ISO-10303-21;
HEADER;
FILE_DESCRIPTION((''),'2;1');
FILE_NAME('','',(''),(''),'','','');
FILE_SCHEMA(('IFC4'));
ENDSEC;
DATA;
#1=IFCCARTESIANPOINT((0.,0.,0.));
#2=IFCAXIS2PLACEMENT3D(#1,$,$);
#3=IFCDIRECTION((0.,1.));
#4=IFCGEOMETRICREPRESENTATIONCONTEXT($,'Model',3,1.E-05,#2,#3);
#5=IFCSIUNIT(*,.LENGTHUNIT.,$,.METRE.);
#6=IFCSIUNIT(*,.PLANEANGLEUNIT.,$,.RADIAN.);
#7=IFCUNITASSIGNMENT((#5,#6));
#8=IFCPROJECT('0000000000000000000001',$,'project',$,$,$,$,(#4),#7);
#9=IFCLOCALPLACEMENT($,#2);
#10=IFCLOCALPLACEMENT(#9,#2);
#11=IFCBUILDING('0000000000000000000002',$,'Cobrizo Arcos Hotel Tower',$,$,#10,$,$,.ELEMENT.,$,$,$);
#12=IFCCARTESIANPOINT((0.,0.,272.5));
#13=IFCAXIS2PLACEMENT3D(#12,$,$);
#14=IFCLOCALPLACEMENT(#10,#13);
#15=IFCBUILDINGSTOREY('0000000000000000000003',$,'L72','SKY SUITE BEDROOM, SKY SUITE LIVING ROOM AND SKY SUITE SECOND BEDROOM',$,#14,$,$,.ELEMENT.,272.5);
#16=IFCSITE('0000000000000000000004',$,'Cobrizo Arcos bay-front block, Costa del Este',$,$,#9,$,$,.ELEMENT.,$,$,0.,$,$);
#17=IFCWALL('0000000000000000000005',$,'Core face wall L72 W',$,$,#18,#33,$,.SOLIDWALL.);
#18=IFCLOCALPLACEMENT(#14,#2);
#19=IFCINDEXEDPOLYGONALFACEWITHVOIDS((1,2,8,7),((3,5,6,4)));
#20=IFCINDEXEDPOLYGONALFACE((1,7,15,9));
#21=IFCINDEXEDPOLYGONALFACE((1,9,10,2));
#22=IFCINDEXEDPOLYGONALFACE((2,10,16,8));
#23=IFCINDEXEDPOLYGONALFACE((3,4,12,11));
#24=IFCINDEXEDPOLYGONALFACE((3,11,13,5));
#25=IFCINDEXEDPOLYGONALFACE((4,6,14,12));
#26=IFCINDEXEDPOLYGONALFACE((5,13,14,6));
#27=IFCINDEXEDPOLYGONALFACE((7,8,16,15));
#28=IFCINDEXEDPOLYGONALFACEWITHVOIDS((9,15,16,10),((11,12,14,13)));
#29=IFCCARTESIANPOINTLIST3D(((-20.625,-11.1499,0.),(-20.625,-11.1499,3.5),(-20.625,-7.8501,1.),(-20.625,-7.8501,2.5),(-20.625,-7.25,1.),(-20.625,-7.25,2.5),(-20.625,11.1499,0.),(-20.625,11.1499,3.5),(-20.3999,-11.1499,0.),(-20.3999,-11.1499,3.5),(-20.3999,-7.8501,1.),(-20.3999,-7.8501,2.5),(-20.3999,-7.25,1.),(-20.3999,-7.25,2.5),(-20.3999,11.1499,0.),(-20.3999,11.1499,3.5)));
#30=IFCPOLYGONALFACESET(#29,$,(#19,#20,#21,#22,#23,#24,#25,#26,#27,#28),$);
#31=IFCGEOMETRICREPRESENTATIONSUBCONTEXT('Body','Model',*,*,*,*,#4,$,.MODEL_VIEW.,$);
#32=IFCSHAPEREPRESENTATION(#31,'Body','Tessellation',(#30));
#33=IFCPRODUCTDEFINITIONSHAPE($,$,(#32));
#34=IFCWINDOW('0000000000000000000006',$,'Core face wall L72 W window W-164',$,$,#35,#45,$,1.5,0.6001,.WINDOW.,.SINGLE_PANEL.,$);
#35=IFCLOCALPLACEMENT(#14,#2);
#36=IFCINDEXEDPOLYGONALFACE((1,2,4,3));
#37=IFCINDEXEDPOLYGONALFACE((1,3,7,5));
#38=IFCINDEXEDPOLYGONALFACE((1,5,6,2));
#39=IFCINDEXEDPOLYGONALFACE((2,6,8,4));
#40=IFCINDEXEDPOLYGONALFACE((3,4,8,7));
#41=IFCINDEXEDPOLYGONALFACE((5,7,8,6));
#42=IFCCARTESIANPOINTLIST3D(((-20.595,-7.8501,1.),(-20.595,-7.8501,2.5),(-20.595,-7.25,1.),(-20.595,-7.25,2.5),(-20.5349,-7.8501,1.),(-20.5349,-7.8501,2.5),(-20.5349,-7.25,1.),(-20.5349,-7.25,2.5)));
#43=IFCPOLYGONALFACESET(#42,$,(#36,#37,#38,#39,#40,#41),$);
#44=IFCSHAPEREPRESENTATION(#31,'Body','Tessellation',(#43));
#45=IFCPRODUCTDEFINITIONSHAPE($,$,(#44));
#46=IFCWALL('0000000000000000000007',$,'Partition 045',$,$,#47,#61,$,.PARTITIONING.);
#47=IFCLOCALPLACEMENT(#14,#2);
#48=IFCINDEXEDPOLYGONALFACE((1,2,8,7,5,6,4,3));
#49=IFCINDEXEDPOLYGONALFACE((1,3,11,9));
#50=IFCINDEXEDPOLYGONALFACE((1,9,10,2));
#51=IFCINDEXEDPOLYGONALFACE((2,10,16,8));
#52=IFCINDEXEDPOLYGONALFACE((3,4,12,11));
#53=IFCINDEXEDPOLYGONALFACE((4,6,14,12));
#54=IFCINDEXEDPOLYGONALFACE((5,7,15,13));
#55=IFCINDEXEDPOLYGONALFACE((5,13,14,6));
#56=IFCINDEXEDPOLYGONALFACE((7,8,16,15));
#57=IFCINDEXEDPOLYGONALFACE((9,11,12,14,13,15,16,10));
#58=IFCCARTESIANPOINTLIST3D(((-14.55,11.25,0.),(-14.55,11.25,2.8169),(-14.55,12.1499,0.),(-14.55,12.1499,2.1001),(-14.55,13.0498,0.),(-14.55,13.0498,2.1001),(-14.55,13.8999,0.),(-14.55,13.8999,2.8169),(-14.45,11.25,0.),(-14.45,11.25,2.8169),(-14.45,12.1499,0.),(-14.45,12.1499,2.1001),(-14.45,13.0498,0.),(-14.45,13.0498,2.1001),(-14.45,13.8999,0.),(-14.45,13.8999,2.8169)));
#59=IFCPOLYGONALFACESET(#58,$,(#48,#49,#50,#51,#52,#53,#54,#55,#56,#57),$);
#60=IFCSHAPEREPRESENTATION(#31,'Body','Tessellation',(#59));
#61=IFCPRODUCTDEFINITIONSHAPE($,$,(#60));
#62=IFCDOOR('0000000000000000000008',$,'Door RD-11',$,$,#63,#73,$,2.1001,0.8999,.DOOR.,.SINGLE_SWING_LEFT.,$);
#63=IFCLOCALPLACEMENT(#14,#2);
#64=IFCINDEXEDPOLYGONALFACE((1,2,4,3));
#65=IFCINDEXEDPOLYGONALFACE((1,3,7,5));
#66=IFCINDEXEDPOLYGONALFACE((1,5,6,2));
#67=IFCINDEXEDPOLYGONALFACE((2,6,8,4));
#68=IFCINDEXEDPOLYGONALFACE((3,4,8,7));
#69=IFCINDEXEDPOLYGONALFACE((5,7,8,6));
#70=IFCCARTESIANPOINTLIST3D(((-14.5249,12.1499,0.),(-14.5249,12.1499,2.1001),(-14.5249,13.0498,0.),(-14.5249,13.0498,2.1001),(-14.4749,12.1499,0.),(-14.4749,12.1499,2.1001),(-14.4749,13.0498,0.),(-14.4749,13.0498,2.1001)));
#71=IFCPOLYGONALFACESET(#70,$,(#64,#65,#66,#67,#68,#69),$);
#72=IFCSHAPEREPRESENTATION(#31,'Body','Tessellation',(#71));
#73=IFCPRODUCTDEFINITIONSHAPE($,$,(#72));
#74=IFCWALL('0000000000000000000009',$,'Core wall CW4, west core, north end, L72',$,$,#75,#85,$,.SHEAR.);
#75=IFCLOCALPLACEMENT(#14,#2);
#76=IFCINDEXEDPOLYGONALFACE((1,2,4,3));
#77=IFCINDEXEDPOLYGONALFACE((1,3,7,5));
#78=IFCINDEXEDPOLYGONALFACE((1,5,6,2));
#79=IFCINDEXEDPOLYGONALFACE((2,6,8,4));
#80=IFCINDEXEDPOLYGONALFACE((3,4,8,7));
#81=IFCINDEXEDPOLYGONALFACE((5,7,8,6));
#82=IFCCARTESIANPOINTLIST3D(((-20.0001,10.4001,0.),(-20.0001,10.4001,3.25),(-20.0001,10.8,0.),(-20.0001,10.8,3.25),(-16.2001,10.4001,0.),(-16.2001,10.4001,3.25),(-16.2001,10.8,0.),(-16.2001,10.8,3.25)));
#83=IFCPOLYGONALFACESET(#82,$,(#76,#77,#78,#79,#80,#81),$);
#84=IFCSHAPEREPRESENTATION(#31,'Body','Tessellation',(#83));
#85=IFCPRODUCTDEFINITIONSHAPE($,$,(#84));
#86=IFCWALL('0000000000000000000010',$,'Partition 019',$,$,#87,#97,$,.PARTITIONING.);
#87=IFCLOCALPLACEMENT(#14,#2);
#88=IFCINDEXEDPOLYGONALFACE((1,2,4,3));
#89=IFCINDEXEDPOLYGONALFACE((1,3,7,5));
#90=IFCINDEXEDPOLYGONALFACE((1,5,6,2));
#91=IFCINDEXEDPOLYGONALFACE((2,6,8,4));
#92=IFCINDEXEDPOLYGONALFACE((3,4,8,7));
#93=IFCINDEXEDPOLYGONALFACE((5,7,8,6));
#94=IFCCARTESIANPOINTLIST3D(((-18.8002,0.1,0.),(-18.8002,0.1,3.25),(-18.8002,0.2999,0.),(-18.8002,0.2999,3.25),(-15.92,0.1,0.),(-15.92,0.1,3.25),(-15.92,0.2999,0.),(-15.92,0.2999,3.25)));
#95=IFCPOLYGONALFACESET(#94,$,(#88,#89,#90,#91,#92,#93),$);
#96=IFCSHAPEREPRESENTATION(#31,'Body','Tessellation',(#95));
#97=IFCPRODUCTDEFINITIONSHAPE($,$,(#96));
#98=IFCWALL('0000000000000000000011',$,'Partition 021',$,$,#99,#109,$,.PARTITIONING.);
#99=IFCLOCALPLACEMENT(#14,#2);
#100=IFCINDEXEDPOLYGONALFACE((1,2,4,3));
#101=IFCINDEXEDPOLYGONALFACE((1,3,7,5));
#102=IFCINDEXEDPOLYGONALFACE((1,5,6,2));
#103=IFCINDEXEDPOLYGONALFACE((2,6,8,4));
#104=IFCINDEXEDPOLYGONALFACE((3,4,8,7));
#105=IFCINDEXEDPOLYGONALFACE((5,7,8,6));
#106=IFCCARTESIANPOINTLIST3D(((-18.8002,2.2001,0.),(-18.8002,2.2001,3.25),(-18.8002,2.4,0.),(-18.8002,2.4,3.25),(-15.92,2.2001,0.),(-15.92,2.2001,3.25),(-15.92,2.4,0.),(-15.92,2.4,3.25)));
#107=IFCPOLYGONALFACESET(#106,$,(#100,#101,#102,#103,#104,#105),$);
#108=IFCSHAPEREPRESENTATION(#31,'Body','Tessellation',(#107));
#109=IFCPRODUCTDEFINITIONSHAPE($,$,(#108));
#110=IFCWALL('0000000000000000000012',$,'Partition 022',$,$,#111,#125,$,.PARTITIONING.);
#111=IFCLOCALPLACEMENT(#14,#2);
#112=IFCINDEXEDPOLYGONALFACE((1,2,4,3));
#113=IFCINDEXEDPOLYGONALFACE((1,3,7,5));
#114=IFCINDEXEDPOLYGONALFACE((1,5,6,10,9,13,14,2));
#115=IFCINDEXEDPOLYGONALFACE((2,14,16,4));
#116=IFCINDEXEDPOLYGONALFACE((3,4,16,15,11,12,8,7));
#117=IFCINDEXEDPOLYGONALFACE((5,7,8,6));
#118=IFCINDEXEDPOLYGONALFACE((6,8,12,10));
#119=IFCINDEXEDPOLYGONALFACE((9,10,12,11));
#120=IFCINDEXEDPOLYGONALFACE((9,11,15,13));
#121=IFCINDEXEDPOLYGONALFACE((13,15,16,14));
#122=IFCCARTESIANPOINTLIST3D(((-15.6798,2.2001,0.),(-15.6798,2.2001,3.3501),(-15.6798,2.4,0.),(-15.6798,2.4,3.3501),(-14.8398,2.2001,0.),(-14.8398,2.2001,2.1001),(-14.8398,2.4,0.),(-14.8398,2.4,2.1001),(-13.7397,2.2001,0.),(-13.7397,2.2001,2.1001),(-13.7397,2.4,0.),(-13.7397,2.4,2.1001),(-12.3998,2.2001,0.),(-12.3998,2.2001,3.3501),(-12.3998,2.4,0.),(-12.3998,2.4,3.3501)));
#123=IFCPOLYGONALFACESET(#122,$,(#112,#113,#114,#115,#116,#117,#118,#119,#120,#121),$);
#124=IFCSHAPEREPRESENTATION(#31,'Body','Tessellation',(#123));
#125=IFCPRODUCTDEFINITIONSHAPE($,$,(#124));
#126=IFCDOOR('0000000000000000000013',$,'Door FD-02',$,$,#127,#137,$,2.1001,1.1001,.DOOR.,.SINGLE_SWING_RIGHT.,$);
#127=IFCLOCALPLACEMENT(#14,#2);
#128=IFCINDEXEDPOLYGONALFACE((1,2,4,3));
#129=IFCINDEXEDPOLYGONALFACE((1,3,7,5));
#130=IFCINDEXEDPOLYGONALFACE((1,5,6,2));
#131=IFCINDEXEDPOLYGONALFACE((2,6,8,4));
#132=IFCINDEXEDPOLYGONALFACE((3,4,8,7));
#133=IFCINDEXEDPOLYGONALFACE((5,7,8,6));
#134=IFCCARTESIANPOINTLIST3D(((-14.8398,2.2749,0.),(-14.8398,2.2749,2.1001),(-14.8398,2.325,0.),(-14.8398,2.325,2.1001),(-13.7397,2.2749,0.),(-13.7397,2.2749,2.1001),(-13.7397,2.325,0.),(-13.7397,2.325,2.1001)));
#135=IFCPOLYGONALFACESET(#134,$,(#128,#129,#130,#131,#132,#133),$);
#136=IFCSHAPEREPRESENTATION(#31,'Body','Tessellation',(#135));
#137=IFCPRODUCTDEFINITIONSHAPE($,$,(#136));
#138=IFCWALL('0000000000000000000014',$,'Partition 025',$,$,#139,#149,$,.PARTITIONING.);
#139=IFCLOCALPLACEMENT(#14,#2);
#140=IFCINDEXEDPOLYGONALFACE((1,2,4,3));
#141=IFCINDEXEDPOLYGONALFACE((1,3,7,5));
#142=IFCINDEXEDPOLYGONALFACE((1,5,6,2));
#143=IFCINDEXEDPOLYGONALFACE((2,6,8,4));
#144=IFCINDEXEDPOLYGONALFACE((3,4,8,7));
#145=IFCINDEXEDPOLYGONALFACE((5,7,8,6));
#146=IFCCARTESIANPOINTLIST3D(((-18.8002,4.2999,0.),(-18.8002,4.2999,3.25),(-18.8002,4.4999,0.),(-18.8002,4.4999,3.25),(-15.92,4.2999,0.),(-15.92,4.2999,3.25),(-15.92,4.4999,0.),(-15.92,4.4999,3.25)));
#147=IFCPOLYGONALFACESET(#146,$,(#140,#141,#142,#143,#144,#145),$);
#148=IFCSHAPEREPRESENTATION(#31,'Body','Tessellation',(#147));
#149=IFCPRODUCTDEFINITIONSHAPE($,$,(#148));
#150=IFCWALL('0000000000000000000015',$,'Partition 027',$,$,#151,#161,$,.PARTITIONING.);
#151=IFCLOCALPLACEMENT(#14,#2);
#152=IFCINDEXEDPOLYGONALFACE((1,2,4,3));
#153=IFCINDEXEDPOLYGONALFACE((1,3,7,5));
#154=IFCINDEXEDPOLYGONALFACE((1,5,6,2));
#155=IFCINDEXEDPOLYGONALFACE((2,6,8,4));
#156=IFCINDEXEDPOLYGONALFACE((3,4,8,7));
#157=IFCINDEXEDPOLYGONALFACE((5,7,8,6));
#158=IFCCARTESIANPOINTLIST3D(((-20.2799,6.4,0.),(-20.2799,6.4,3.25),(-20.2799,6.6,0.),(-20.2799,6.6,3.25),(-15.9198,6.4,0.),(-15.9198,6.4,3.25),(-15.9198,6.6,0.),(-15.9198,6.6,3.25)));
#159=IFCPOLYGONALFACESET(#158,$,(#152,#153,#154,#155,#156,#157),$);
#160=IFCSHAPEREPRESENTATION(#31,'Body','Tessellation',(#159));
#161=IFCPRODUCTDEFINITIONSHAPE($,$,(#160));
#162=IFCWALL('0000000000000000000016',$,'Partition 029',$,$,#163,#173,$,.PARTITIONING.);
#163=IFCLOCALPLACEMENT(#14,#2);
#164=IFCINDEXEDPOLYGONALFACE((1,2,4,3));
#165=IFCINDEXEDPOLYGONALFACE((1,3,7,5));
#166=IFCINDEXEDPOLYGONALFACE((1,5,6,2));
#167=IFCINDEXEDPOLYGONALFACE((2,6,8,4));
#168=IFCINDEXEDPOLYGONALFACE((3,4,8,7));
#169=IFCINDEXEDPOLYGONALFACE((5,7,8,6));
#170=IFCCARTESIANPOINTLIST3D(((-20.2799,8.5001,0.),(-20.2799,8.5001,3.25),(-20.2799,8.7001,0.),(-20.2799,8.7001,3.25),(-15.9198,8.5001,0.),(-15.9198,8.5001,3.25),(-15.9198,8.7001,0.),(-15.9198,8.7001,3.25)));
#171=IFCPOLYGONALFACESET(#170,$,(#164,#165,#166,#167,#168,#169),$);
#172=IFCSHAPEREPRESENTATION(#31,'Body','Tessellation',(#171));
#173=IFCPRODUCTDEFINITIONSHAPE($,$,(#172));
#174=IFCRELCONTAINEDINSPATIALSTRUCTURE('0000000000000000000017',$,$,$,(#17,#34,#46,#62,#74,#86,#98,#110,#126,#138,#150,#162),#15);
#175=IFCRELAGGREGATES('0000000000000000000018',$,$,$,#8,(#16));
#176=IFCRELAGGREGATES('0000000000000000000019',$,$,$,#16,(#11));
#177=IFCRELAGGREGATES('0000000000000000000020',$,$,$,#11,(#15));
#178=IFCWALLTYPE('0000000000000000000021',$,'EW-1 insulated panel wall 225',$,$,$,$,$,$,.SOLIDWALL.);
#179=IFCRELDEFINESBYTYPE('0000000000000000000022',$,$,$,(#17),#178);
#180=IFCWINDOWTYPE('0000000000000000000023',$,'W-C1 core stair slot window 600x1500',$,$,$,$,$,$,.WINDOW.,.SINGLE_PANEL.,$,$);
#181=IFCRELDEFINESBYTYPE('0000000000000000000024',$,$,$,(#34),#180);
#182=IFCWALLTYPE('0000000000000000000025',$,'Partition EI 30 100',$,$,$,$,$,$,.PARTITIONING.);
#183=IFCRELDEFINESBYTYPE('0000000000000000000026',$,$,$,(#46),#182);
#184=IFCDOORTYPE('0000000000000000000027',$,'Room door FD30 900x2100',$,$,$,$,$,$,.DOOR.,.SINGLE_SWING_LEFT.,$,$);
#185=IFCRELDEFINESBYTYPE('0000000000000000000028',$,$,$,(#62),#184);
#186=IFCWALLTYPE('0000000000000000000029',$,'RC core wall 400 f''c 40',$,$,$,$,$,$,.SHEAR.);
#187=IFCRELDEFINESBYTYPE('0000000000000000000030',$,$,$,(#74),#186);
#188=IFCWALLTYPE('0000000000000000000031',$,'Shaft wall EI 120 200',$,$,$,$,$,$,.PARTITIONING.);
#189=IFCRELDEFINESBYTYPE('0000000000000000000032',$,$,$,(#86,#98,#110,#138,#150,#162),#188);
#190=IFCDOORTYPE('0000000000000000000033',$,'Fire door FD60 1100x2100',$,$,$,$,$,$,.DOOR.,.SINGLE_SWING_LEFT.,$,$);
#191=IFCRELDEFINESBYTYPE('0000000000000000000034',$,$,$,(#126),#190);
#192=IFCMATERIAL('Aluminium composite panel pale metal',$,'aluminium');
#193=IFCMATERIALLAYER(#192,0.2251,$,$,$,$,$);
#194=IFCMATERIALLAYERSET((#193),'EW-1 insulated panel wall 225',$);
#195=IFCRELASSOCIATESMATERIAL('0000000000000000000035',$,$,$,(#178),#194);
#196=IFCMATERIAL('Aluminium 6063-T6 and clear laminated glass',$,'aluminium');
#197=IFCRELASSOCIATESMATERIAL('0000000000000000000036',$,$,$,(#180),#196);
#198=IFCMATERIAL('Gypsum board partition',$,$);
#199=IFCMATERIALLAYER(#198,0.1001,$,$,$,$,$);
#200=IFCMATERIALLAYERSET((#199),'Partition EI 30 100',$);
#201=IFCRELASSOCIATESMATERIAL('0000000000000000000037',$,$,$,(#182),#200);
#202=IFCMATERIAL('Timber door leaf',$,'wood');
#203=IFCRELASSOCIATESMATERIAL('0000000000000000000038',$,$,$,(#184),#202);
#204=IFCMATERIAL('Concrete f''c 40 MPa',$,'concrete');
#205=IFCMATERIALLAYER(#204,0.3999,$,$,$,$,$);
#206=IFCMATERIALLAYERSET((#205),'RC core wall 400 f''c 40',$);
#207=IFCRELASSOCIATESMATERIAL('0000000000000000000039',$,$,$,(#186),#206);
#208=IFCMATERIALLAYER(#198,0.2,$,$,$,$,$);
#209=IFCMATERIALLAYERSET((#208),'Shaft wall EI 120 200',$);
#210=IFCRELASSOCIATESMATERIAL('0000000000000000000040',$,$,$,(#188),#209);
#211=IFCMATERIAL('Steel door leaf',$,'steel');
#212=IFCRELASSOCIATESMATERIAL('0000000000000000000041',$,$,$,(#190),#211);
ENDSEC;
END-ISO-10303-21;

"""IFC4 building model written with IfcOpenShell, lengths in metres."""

from ifc_helpers import new_model, si_unit, direction, frame, frame_2d, origin, place, context, subcontext, project, spatial, rectangle, extrude, material, layer, layer_set, type_object, element, fill, save


model = new_model("IFC4")

# Units and contexts
model_context = context("Model", 3, precision=1e-05, world=origin(), true_north=direction((0.0, 1.0)))
body_context = subcontext(model_context, "Body", "Model", "MODEL_VIEW")
ifc_project = project(units=[si_unit("LENGTHUNIT", "METRE"), si_unit("PLANEANGLEUNIT", "RADIAN")], contexts=[model_context])

# Site, building, storey
site_placement = place(None, origin())
site = spatial("IfcSite", under=ifc_project, at=site_placement, Name="Cobrizo Arcos bay-front block, Costa del Este", CompositionType="ELEMENT", RefElevation=0.0)
building_placement = place(site_placement, origin())
building = spatial("IfcBuilding", under=site, at=building_placement, Name="Cobrizo Arcos Hotel Tower", CompositionType="ELEMENT")
storey_placement = place(building_placement, frame((0.0, 0.0, 272.5)))
storey = spatial("IfcBuildingStorey", under=building, at=storey_placement, Name="L72", Description="SKY SUITE BEDROOM, SKY SUITE LIVING ROOM AND SKY SUITE SECOND BEDROOM", CompositionType="ELEMENT", Elevation=272.5)

# Shared definitions
ifc_material_1 = material(Name="Aluminium composite panel pale metal", Category="aluminium")

# Shared definitions
ifc_material_2 = material(Name="Gypsum board partition")

# Wall, opening, window
ifc_layer_1 = layer(ifc_material_1, 0.2251)
ifc_layer_set_1 = layer_set([ifc_layer_1], Name="EW-1 insulated panel wall 225")
wall_type_1 = type_object("IfcWallType", Name="EW-1 insulated panel wall 225", PredefinedType="SOLIDWALL", material=ifc_layer_set_1)
wall_1_placement = place(storey_placement, frame((-20.5125, 11.1499, 0.0), z_axis=(0.0, 0.0, 1.0), x_axis=(0.0, -1.0, 0.0)))
wall_1 = element("IfcWall", 1, at=wall_1_placement, inside=storey, type_object=wall_type_1, Name="Core face wall L72 W", PredefinedType="SOLIDWALL", context=body_context, shape_type="SweptSolid", body=[
    extrude(rectangle(XDim=22.2998, YDim=0.2251, at=frame_2d((11.1499, 0.0))), origin(), (0.0, 0.0, 1.0), 3.5),
])
opening_1_placement = place(wall_1_placement, frame((18.3999, 0.0, 1.0)))
opening_1 = element("IfcOpeningElement", 2, at=opening_1_placement, cuts=wall_1, PredefinedType="OPENING", context=body_context, shape_type="SweptSolid", body=[
    extrude(rectangle(XDim=0.6001, YDim=1.5, at=frame_2d((0.3, 0.75))), frame((0.0, 0.1245, 0.0), z_axis=(0.0, -1.0, 0.0), x_axis=(1.0, 0.0, 0.0)), (0.0, 0.0, 1.0), 0.249),
])
ifc_material_3 = material(Name="Aluminium 6063-T6 and clear laminated glass", Category="aluminium")
window_type = type_object("IfcWindowType", Name="W-C1 core stair slot window 600x1500", PartitioningType="SINGLE_PANEL", PredefinedType="WINDOW", material=ifc_material_3)
window_placement = place(opening_1_placement, origin())
window = element("IfcWindow", 3, at=window_placement, inside=storey, type_object=window_type, Name="Core face wall L72 W window W-164", OverallHeight=1.5, OverallWidth=0.6001, PartitioningType="SINGLE_PANEL", PredefinedType="WINDOW", context=body_context, shape_type="SweptSolid", body=[
    extrude(rectangle(XDim=0.6001, YDim=1.5, at=frame_2d((0.3, 0.75))), frame((0.0, -0.0225, 0.0), z_axis=(0.0, -1.0, 0.0), x_axis=(1.0, 0.0, 0.0)), (0.0, 0.0, 1.0), 0.0601),
])
fill(opening_1, window)

# Wall, opening, door
ifc_layer_2 = layer(ifc_material_2, 0.1001)
ifc_layer_set_2 = layer_set([ifc_layer_2], Name="Partition EI 30 100")
wall_type_2 = type_object("IfcWallType", Name="Partition EI 30 100", PredefinedType="PARTITIONING", material=ifc_layer_set_2)
wall_2_placement = place(storey_placement, frame((-14.5, 11.25, 0.0), z_axis=(0.0, 0.0, 1.0), x_axis=(0.0, 1.0, 0.0)))
wall_2 = element("IfcWall", 4, at=wall_2_placement, inside=storey, type_object=wall_type_2, Name="Partition 045", PredefinedType="PARTITIONING", context=body_context, shape_type="SweptSolid", body=[
    extrude(rectangle(XDim=2.6499, YDim=0.1001, at=frame_2d((1.325, 0.0))), origin(), (0.0, 0.0, 1.0), 2.8169),
])
opening_2_placement = place(wall_2_placement, frame((0.8999, 0.0, 0.0)))
opening_2 = element("IfcOpeningElement", 5, at=opening_2_placement, cuts=wall_2, PredefinedType="OPENING", context=body_context, shape_type="SweptSolid", body=[
    extrude(rectangle(XDim=0.8999, YDim=2.1001, at=frame_2d((0.45, 1.05))), frame((0.0, 0.062, 0.0), z_axis=(0.0, -1.0, 0.0), x_axis=(1.0, 0.0, 0.0)), (0.0, 0.0, 1.0), 0.124),
])
ifc_material_4 = material(Name="Timber door leaf", Category="wood")
door_type_1 = type_object("IfcDoorType", Name="Room door FD30 900x2100", OperationType="SINGLE_SWING_LEFT", PredefinedType="DOOR", material=ifc_material_4)
door_1_placement = place(opening_2_placement, origin())
door_1 = element("IfcDoor", 6, at=door_1_placement, inside=storey, type_object=door_type_1, Name="Door RD-11", OperationType="SINGLE_SWING_LEFT", OverallHeight=2.1001, OverallWidth=0.8999, PredefinedType="DOOR", context=body_context, shape_type="SweptSolid", body=[
    extrude(rectangle(XDim=0.8999, YDim=2.1001, at=frame_2d((0.45, 1.05))), frame((0.0, 0.0249, 0.0), z_axis=(0.0, -1.0, 0.0), x_axis=(1.0, 0.0, 0.0)), (0.0, 0.0, 1.0), 0.05),
])
fill(opening_2, door_1)

# Walls
ifc_material_5 = material(Name="Concrete f'c 40 MPa", Category="concrete")
ifc_layer_3 = layer(ifc_material_5, 0.3999)
ifc_layer_set_3 = layer_set([ifc_layer_3], Name="RC core wall 400 f'c 40")
wall_type_3 = type_object("IfcWallType", Name="RC core wall 400 f'c 40", PredefinedType="SHEAR", material=ifc_layer_set_3)
wall_3_placement = place(storey_placement, frame((-20.0, 10.6001, 0.0), z_axis=(0.0, 0.0, 1.0), x_axis=(1.0, 0.0, 0.0)))
element("IfcWall", 7, at=wall_3_placement, inside=storey, type_object=wall_type_3, Name="Core wall CW4, west core, north end, L72", PredefinedType="SHEAR", context=body_context, shape_type="SweptSolid", body=[
    extrude(rectangle(XDim=3.8, YDim=0.3999, at=frame_2d((1.8999, 0.0))), origin(), (0.0, 0.0, 1.0), 3.25),
])
ifc_layer_4 = layer(ifc_material_2, 0.2)
ifc_layer_set_4 = layer_set([ifc_layer_4], Name="Shaft wall EI 120 200")
wall_type_4 = type_object("IfcWallType", Name="Shaft wall EI 120 200", PredefinedType="PARTITIONING", material=ifc_layer_set_4)
for number, where, z_axis, x_axis, name in (
    (8, (-18.8, 0.2, 0.0), (0.0, 0.0, 1.0), (1.0, 0.0, 0.0), "Partition 019"),
    (9, (-18.8, 2.3, 0.0), (0.0, 0.0, 1.0), (1.0, 0.0, 0.0), "Partition 021"),
):
    element("IfcWall", number, at=place(storey_placement, frame(where, z_axis=z_axis, x_axis=x_axis)), inside=storey, type_object=wall_type_4, Name=name, PredefinedType="PARTITIONING", context=body_context, shape_type="SweptSolid", body=[
        extrude(rectangle(XDim=2.8801, YDim=0.2, at=frame_2d((1.4399, 0.0))), origin(), (0.0, 0.0, 1.0), 3.25),
    ])

# Wall, opening, door
wall_4_placement = place(storey_placement, frame((-15.6799, 2.3, 0.0), z_axis=(0.0, 0.0, 1.0), x_axis=(1.0, 0.0, 0.0)))
wall_4 = element("IfcWall", 10, at=wall_4_placement, inside=storey, type_object=wall_type_4, Name="Partition 022", PredefinedType="PARTITIONING", context=body_context, shape_type="SweptSolid", body=[
    extrude(rectangle(XDim=3.28, YDim=0.2, at=frame_2d((1.6401, 0.0))), origin(), (0.0, 0.0, 1.0), 3.3501),
])
opening_3_placement = place(wall_4_placement, frame((0.8401, 0.0, 0.0)))
opening_3 = element("IfcOpeningElement", 11, at=opening_3_placement, cuts=wall_4, PredefinedType="OPENING", context=body_context, shape_type="SweptSolid", body=[
    extrude(rectangle(XDim=1.1001, YDim=2.1001, at=frame_2d((0.55, 1.05))), frame((0.0, 0.1121, 0.0), z_axis=(0.0, -1.0, 0.0), x_axis=(1.0, 0.0, 0.0)), (0.0, 0.0, 1.0), 0.2239),
])
ifc_material_6 = material(Name="Steel door leaf", Category="steel")
door_type_2 = type_object("IfcDoorType", Name="Fire door FD60 1100x2100", OperationType="SINGLE_SWING_LEFT", PredefinedType="DOOR", material=ifc_material_6)
door_2_placement = place(opening_3_placement, origin())
door_2 = element("IfcDoor", 12, at=door_2_placement, inside=storey, type_object=door_type_2, Name="Door FD-02", OperationType="SINGLE_SWING_RIGHT", OverallHeight=2.1001, OverallWidth=1.1001, PredefinedType="DOOR", context=body_context, shape_type="SweptSolid", body=[
    extrude(rectangle(XDim=1.1001, YDim=2.1001, at=frame_2d((0.55, 1.05))), frame((0.0, 0.0249, 0.0), z_axis=(0.0, -1.0, 0.0), x_axis=(1.0, 0.0, 0.0)), (0.0, 0.0, 1.0), 0.05),
])
fill(opening_3, door_2)

# Walls
wall_5_placement = place(storey_placement, frame((-18.8, 4.3999, 0.0), z_axis=(0.0, 0.0, 1.0), x_axis=(1.0, 0.0, 0.0)))
element("IfcWall", 13, at=wall_5_placement, inside=storey, type_object=wall_type_4, Name="Partition 025", PredefinedType="PARTITIONING", context=body_context, shape_type="SweptSolid", body=[
    extrude(rectangle(XDim=2.8801, YDim=0.2, at=frame_2d((1.4399, 0.0))), origin(), (0.0, 0.0, 1.0), 3.25),
])
for number, where, z_axis, x_axis, name in (
    (14, (-20.28, 6.5, 0.0), (0.0, 0.0, 1.0), (1.0, 0.0, 0.0), "Partition 027"),
    (15, (-20.28, 8.6001, 0.0), (0.0, 0.0, 1.0), (1.0, 0.0, 0.0), "Partition 029"),
):
    element("IfcWall", number, at=place(storey_placement, frame(where, z_axis=z_axis, x_axis=x_axis)), inside=storey, type_object=wall_type_4, Name=name, PredefinedType="PARTITIONING", context=body_context, shape_type="SweptSolid", body=[
        extrude(rectangle(XDim=4.3601, YDim=0.2, at=frame_2d((2.1802, 0.0))), origin(), (0.0, 0.0, 1.0), 3.25),
    ])

save(model, "model.ifc")
